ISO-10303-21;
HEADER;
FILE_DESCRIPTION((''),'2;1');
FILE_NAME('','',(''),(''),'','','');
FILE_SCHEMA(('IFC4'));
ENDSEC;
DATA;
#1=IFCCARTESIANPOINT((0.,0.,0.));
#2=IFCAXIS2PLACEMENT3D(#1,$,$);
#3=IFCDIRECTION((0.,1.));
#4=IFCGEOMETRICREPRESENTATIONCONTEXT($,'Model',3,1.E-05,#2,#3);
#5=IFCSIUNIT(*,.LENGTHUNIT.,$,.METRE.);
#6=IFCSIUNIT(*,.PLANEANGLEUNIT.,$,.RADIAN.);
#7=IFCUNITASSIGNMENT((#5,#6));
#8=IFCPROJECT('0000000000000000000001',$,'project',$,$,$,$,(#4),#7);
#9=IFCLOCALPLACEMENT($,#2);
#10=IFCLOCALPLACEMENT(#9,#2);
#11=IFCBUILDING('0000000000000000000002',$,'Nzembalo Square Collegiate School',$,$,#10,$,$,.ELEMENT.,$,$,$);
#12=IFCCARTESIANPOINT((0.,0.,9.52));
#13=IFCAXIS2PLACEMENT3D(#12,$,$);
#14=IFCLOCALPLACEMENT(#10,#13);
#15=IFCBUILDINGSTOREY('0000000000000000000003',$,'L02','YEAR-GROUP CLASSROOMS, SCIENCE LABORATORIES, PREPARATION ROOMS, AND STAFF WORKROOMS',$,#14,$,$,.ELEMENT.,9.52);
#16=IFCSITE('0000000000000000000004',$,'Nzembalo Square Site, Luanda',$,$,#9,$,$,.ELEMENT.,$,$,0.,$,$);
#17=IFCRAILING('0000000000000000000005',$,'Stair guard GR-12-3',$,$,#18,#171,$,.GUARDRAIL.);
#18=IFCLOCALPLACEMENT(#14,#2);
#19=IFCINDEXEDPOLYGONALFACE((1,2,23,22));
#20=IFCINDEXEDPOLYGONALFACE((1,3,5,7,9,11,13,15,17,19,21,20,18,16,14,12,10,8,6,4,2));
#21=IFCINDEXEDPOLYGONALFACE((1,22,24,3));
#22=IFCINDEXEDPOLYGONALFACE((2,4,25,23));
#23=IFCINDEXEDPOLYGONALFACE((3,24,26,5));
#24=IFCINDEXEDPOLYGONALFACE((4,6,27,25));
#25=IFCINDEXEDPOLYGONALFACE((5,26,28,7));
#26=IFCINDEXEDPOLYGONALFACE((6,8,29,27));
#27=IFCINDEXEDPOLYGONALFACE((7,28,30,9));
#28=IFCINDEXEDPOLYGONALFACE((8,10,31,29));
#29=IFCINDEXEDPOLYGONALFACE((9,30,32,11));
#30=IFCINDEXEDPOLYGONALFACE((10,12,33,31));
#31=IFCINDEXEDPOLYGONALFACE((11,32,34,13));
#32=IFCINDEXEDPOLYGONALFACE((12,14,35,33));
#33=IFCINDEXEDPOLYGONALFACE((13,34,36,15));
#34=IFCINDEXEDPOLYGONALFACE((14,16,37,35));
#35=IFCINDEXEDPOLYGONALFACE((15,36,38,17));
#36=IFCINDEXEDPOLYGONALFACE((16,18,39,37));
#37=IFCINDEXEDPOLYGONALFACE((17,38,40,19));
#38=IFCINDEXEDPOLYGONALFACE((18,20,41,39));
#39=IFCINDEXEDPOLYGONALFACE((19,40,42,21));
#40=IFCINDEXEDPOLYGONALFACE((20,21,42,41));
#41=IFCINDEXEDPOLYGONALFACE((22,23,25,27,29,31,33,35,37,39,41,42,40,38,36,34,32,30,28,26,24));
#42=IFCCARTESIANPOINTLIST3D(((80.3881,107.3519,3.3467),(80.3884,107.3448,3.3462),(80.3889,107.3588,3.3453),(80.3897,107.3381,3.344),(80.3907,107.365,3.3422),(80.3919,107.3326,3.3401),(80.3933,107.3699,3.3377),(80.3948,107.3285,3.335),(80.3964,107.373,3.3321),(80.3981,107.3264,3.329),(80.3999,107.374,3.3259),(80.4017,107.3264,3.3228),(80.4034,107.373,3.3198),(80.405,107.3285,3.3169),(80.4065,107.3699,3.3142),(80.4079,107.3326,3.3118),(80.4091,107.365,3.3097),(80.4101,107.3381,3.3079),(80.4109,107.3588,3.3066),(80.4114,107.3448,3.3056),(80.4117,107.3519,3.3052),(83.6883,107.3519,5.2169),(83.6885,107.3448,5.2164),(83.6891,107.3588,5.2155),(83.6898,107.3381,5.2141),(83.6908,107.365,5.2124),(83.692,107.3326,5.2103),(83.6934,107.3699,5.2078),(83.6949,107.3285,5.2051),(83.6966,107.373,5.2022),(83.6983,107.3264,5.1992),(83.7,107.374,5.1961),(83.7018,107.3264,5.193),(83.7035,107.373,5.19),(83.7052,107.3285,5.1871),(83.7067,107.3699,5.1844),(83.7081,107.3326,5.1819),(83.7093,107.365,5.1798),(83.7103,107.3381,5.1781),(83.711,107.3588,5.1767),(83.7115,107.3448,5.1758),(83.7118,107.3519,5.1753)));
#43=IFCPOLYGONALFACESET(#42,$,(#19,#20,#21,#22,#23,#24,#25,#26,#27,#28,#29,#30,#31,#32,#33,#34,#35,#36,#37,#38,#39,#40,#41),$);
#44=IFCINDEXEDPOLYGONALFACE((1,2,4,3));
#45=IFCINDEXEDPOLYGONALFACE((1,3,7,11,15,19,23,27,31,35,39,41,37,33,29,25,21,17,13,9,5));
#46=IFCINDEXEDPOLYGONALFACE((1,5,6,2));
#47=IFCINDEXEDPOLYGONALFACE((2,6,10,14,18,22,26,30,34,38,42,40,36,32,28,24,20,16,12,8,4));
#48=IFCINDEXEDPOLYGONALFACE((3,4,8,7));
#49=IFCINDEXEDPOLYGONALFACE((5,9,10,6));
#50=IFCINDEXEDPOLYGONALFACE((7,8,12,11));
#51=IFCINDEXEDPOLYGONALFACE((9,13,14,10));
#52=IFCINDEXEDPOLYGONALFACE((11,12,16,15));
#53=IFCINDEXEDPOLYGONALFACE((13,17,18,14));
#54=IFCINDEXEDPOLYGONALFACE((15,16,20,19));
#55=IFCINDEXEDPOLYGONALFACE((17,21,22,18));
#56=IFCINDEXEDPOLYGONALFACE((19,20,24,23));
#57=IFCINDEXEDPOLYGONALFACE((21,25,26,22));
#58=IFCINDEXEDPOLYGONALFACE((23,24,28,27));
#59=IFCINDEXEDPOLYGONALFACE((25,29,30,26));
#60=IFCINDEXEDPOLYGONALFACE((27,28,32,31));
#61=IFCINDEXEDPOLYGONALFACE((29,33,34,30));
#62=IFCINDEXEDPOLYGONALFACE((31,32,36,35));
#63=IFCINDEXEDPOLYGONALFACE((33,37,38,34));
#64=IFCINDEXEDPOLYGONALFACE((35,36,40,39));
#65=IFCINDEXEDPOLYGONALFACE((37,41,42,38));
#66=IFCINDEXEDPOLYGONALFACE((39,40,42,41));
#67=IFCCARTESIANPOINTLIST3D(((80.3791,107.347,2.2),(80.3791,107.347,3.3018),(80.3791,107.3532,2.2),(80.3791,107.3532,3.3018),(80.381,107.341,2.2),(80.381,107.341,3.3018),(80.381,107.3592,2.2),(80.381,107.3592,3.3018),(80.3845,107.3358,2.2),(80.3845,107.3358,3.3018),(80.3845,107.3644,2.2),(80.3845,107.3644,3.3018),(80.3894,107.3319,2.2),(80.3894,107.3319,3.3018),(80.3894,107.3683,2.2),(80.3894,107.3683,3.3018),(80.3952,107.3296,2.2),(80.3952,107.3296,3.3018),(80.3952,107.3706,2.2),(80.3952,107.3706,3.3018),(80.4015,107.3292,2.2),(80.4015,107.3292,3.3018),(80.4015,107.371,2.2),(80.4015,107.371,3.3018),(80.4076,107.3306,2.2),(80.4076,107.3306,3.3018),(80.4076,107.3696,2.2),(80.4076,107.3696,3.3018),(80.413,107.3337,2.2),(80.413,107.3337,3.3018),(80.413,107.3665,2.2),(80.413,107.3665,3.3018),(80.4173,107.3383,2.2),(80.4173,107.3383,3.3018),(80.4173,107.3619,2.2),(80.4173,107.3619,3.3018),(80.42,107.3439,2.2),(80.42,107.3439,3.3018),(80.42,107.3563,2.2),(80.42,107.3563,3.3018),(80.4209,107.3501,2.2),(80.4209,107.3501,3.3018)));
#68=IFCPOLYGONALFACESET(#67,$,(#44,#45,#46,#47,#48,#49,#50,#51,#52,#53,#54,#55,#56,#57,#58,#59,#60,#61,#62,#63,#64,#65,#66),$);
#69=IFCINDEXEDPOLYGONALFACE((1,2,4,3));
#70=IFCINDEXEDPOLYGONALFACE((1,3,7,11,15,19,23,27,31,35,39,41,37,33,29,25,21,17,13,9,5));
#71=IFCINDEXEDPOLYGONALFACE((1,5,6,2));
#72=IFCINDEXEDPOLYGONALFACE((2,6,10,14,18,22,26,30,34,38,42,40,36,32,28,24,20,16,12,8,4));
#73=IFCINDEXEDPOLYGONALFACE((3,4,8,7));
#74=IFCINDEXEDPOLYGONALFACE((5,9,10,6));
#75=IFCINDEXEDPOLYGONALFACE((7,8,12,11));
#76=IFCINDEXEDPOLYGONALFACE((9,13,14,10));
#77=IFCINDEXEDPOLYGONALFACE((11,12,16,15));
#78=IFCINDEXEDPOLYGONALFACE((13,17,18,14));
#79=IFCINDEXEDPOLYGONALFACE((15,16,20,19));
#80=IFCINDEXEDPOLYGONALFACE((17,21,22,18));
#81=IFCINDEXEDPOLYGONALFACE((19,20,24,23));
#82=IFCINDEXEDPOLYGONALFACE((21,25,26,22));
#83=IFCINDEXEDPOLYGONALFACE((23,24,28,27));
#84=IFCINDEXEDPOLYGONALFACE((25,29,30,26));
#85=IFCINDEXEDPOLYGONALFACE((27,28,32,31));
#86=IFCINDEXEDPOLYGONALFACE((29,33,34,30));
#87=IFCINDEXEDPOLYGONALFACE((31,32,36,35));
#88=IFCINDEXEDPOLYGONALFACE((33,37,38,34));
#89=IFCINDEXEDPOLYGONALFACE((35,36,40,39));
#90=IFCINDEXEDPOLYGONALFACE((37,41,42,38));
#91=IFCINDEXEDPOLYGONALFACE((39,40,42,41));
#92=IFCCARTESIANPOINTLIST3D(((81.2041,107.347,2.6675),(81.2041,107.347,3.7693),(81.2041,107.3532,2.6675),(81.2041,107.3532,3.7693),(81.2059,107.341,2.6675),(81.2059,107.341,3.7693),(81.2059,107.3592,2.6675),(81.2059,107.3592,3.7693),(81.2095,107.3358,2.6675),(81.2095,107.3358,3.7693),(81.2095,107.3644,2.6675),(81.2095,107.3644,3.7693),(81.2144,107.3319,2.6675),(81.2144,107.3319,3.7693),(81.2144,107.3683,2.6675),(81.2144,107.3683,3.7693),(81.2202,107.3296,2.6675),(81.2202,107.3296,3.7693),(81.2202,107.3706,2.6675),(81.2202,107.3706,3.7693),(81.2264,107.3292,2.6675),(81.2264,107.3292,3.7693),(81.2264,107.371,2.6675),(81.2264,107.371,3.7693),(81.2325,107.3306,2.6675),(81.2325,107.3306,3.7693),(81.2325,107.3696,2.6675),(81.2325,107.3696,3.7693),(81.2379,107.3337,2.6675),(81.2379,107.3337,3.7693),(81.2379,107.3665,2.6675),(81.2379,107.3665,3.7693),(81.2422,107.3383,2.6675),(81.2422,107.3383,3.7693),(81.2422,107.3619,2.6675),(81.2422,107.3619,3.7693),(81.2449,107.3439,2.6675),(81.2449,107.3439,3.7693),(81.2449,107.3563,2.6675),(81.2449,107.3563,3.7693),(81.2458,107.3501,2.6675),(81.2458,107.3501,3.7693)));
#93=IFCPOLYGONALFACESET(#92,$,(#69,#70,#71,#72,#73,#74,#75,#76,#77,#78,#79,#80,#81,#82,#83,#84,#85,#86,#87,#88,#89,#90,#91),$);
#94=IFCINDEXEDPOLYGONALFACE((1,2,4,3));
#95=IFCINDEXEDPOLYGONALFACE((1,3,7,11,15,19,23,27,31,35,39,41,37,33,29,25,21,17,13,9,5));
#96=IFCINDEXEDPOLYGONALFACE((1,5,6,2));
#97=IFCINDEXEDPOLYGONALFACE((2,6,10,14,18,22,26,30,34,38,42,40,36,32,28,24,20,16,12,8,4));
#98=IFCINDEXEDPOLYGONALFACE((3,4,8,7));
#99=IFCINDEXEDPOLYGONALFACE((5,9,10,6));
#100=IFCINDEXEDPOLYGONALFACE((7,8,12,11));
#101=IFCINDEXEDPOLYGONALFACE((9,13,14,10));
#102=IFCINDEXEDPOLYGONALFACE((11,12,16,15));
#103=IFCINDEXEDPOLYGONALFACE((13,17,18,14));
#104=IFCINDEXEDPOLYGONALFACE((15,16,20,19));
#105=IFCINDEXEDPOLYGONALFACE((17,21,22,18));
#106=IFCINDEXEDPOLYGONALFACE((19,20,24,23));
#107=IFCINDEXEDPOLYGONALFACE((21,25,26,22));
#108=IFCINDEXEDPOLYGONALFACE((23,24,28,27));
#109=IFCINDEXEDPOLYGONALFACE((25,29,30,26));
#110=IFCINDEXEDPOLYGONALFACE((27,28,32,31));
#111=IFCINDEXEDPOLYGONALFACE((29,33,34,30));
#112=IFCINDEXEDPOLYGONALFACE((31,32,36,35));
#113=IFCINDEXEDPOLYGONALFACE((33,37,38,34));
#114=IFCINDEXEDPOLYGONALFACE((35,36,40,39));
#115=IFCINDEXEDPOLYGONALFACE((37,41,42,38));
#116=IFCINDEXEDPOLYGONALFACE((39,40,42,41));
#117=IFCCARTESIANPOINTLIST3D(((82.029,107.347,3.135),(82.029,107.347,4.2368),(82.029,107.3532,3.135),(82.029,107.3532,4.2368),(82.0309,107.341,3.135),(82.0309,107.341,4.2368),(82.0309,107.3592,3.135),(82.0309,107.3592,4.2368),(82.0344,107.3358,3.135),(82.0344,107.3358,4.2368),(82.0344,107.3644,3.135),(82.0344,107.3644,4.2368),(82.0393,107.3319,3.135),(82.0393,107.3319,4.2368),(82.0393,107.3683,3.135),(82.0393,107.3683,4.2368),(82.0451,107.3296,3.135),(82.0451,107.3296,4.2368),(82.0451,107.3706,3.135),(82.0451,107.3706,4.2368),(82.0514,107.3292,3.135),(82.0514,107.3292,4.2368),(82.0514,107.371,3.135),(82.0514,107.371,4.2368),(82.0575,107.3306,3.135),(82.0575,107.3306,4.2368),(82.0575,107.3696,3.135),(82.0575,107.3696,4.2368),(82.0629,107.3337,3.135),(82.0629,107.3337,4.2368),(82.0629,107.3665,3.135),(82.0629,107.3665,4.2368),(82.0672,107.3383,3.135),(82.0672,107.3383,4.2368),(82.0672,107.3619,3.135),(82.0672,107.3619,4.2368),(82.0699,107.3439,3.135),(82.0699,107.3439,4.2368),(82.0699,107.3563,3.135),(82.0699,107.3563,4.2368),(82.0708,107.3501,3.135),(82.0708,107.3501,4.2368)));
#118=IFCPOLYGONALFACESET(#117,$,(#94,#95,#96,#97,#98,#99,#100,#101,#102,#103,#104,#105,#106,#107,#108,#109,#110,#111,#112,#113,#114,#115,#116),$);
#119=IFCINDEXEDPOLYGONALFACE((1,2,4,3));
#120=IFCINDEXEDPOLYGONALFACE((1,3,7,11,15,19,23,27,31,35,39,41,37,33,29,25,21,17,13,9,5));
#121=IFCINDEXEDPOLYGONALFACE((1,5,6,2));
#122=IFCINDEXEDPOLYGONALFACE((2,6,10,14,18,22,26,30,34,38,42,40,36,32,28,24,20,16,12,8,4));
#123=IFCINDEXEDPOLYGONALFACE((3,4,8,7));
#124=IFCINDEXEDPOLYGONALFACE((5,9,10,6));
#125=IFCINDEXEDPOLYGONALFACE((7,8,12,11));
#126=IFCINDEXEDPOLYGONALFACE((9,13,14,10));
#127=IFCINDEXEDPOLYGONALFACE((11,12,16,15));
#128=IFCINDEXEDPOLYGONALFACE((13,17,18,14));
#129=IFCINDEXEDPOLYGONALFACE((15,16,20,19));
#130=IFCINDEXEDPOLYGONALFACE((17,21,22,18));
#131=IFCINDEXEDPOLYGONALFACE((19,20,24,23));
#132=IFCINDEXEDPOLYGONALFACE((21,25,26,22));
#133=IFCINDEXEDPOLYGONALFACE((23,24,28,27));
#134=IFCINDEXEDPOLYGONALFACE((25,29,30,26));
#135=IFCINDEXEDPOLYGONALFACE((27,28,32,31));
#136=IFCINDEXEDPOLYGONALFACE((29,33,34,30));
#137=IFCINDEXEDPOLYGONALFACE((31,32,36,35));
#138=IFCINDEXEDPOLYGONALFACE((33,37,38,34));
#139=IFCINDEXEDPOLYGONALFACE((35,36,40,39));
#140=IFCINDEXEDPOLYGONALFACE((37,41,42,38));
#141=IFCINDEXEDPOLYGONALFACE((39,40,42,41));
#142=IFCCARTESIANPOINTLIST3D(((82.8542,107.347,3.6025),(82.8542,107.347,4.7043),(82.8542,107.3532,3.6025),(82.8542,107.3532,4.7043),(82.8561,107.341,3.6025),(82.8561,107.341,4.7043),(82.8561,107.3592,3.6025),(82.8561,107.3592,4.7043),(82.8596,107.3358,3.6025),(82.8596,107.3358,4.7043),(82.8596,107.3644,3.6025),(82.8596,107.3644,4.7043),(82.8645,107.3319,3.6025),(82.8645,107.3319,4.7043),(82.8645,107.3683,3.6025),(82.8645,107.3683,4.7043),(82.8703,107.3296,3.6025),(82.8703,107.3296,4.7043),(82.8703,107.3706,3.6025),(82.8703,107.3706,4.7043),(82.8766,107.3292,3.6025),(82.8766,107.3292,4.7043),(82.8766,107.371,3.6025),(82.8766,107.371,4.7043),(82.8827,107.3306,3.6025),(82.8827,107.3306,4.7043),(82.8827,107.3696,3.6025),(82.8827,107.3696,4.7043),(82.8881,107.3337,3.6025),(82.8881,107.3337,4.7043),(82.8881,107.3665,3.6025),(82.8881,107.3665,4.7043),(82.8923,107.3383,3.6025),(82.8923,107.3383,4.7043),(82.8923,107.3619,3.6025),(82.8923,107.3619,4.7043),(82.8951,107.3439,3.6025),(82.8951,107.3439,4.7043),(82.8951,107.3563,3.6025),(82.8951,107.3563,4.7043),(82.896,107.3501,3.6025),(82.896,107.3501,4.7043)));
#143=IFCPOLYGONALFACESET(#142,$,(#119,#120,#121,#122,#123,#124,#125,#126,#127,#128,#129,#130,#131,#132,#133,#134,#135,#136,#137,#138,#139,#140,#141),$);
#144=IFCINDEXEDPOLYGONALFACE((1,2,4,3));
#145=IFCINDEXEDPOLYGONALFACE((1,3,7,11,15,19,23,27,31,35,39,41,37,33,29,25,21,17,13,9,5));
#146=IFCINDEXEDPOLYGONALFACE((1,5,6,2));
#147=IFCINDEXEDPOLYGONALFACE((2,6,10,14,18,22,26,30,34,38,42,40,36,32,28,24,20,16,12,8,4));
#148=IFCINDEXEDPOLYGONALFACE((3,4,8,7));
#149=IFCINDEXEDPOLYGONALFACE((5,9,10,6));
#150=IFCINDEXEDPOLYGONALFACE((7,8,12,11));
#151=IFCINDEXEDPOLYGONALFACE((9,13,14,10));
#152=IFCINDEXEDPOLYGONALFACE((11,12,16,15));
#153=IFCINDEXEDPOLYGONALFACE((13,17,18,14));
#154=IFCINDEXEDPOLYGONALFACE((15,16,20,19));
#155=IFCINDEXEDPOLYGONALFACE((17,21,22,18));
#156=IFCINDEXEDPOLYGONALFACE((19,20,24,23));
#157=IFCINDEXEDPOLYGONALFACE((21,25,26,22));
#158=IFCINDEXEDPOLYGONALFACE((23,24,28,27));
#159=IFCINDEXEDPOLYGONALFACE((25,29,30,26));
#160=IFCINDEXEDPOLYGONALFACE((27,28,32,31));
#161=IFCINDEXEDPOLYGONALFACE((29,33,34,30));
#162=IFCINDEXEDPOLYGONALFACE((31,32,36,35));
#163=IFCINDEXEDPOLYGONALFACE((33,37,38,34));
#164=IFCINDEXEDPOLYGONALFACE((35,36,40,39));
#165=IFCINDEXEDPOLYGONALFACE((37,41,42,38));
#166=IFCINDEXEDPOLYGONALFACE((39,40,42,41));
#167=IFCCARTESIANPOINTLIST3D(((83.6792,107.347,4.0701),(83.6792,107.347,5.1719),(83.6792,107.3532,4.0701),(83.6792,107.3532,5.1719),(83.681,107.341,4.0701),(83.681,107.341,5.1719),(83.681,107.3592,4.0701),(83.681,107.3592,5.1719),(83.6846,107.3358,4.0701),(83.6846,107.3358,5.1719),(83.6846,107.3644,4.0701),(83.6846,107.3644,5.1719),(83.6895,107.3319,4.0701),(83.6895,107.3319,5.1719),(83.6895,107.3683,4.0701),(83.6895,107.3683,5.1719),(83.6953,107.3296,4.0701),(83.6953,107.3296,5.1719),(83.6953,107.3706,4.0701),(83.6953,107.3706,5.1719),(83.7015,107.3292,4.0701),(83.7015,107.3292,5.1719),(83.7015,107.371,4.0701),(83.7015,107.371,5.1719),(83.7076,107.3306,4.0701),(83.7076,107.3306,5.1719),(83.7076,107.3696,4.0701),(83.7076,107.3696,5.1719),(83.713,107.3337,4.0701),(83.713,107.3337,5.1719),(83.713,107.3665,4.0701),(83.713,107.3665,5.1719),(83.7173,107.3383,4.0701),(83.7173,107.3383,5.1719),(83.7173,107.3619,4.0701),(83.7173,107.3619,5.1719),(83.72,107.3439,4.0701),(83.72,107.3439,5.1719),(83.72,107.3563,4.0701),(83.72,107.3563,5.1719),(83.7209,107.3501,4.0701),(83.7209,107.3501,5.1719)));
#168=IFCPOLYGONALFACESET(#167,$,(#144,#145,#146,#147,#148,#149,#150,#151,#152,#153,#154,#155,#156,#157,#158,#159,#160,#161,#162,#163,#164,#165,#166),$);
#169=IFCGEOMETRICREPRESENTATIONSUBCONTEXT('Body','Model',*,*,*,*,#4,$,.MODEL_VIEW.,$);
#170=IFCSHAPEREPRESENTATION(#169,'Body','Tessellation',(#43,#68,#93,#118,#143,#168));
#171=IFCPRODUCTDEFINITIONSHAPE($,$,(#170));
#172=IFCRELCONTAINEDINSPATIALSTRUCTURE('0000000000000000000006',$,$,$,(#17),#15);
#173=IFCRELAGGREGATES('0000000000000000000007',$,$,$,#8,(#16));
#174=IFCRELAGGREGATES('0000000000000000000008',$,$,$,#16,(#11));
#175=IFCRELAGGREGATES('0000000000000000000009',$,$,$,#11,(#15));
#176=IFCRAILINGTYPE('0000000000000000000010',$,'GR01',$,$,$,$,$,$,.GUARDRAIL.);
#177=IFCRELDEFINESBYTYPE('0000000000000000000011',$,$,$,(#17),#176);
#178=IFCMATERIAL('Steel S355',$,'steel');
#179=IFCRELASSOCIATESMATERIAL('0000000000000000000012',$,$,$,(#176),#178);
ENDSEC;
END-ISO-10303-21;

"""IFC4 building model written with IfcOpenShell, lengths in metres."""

from ifc_helpers import new_model, si_unit, direction, frame, origin, origin_2d, place, context, subcontext, project, spatial, circle, extrude, material, type_object, element, save


model = new_model("IFC4")

# Units and contexts
model_context = context("Model", 3, precision=1e-05, world=origin(), true_north=direction((0.0, 1.0)))
body_context = subcontext(model_context, "Body", "Model", "MODEL_VIEW")
ifc_project = project(units=[si_unit("LENGTHUNIT", "METRE"), si_unit("PLANEANGLEUNIT", "RADIAN")], contexts=[model_context])

# Site, building, storey
site_placement = place(None, origin())
site = spatial("IfcSite", under=ifc_project, at=site_placement, Name="Nzembalo Square Site, Luanda", CompositionType="ELEMENT", RefElevation=0.0)
building_placement = place(site_placement, origin())
building = spatial("IfcBuilding", under=site, at=building_placement, Name="Nzembalo Square Collegiate School", CompositionType="ELEMENT")
storey_placement = place(building_placement, frame((0.0, 0.0, 9.52)))
storey = spatial("IfcBuildingStorey", under=building, at=storey_placement, Name="L02", Description="YEAR-GROUP CLASSROOMS, SCIENCE LABORATORIES, PREPARATION ROOMS, AND STAFF WORKROOMS", CompositionType="ELEMENT", Elevation=9.52)

# Railing
ifc_material_1 = material(Name="Steel S355", Category="steel")
railing_type_1 = type_object("IfcRailingType", Name="GR01", PredefinedType="GUARDRAIL", material=ifc_material_1)
railing_1_placement = place(storey_placement, frame((80.3999, 107.3501, 2.2)))
element("IfcRailing", 1, at=railing_1_placement, inside=storey, type_object=railing_type_1, Name="Stair guard GR-12-3", PredefinedType="GUARDRAIL", context=body_context, shape_type="SweptSolid", body=[
    extrude(circle(Radius=0.0239, at=origin_2d()), frame((0.0, 0.0, 1.126), z_axis=(0.870012, 0.0, 0.49303), x_axis=(0.0, 1.0, 0.0)), (0.0, 0.0, 1.0), 3.7932),
    extrude(circle(Radius=0.021, at=origin_2d()), origin(), (0.0, 0.0, 1.0), 1.1018),
    extrude(circle(Radius=0.021, at=origin_2d()), frame((0.825, 0.0, 0.4675)), (0.0, 0.0, 1.0), 1.1018),
    extrude(circle(Radius=0.021, at=origin_2d()), frame((1.6499, 0.0, 0.9351)), (0.0, 0.0, 1.0), 1.1018),
    extrude(circle(Radius=0.021, at=origin_2d()), frame((2.4751, 0.0, 1.4026)), (0.0, 0.0, 1.0), 1.1018),
    extrude(circle(Radius=0.021, at=origin_2d()), frame((3.3, 0.0, 1.8701)), (0.0, 0.0, 1.0), 1.1018),
])

save(model, "model.ifc")
